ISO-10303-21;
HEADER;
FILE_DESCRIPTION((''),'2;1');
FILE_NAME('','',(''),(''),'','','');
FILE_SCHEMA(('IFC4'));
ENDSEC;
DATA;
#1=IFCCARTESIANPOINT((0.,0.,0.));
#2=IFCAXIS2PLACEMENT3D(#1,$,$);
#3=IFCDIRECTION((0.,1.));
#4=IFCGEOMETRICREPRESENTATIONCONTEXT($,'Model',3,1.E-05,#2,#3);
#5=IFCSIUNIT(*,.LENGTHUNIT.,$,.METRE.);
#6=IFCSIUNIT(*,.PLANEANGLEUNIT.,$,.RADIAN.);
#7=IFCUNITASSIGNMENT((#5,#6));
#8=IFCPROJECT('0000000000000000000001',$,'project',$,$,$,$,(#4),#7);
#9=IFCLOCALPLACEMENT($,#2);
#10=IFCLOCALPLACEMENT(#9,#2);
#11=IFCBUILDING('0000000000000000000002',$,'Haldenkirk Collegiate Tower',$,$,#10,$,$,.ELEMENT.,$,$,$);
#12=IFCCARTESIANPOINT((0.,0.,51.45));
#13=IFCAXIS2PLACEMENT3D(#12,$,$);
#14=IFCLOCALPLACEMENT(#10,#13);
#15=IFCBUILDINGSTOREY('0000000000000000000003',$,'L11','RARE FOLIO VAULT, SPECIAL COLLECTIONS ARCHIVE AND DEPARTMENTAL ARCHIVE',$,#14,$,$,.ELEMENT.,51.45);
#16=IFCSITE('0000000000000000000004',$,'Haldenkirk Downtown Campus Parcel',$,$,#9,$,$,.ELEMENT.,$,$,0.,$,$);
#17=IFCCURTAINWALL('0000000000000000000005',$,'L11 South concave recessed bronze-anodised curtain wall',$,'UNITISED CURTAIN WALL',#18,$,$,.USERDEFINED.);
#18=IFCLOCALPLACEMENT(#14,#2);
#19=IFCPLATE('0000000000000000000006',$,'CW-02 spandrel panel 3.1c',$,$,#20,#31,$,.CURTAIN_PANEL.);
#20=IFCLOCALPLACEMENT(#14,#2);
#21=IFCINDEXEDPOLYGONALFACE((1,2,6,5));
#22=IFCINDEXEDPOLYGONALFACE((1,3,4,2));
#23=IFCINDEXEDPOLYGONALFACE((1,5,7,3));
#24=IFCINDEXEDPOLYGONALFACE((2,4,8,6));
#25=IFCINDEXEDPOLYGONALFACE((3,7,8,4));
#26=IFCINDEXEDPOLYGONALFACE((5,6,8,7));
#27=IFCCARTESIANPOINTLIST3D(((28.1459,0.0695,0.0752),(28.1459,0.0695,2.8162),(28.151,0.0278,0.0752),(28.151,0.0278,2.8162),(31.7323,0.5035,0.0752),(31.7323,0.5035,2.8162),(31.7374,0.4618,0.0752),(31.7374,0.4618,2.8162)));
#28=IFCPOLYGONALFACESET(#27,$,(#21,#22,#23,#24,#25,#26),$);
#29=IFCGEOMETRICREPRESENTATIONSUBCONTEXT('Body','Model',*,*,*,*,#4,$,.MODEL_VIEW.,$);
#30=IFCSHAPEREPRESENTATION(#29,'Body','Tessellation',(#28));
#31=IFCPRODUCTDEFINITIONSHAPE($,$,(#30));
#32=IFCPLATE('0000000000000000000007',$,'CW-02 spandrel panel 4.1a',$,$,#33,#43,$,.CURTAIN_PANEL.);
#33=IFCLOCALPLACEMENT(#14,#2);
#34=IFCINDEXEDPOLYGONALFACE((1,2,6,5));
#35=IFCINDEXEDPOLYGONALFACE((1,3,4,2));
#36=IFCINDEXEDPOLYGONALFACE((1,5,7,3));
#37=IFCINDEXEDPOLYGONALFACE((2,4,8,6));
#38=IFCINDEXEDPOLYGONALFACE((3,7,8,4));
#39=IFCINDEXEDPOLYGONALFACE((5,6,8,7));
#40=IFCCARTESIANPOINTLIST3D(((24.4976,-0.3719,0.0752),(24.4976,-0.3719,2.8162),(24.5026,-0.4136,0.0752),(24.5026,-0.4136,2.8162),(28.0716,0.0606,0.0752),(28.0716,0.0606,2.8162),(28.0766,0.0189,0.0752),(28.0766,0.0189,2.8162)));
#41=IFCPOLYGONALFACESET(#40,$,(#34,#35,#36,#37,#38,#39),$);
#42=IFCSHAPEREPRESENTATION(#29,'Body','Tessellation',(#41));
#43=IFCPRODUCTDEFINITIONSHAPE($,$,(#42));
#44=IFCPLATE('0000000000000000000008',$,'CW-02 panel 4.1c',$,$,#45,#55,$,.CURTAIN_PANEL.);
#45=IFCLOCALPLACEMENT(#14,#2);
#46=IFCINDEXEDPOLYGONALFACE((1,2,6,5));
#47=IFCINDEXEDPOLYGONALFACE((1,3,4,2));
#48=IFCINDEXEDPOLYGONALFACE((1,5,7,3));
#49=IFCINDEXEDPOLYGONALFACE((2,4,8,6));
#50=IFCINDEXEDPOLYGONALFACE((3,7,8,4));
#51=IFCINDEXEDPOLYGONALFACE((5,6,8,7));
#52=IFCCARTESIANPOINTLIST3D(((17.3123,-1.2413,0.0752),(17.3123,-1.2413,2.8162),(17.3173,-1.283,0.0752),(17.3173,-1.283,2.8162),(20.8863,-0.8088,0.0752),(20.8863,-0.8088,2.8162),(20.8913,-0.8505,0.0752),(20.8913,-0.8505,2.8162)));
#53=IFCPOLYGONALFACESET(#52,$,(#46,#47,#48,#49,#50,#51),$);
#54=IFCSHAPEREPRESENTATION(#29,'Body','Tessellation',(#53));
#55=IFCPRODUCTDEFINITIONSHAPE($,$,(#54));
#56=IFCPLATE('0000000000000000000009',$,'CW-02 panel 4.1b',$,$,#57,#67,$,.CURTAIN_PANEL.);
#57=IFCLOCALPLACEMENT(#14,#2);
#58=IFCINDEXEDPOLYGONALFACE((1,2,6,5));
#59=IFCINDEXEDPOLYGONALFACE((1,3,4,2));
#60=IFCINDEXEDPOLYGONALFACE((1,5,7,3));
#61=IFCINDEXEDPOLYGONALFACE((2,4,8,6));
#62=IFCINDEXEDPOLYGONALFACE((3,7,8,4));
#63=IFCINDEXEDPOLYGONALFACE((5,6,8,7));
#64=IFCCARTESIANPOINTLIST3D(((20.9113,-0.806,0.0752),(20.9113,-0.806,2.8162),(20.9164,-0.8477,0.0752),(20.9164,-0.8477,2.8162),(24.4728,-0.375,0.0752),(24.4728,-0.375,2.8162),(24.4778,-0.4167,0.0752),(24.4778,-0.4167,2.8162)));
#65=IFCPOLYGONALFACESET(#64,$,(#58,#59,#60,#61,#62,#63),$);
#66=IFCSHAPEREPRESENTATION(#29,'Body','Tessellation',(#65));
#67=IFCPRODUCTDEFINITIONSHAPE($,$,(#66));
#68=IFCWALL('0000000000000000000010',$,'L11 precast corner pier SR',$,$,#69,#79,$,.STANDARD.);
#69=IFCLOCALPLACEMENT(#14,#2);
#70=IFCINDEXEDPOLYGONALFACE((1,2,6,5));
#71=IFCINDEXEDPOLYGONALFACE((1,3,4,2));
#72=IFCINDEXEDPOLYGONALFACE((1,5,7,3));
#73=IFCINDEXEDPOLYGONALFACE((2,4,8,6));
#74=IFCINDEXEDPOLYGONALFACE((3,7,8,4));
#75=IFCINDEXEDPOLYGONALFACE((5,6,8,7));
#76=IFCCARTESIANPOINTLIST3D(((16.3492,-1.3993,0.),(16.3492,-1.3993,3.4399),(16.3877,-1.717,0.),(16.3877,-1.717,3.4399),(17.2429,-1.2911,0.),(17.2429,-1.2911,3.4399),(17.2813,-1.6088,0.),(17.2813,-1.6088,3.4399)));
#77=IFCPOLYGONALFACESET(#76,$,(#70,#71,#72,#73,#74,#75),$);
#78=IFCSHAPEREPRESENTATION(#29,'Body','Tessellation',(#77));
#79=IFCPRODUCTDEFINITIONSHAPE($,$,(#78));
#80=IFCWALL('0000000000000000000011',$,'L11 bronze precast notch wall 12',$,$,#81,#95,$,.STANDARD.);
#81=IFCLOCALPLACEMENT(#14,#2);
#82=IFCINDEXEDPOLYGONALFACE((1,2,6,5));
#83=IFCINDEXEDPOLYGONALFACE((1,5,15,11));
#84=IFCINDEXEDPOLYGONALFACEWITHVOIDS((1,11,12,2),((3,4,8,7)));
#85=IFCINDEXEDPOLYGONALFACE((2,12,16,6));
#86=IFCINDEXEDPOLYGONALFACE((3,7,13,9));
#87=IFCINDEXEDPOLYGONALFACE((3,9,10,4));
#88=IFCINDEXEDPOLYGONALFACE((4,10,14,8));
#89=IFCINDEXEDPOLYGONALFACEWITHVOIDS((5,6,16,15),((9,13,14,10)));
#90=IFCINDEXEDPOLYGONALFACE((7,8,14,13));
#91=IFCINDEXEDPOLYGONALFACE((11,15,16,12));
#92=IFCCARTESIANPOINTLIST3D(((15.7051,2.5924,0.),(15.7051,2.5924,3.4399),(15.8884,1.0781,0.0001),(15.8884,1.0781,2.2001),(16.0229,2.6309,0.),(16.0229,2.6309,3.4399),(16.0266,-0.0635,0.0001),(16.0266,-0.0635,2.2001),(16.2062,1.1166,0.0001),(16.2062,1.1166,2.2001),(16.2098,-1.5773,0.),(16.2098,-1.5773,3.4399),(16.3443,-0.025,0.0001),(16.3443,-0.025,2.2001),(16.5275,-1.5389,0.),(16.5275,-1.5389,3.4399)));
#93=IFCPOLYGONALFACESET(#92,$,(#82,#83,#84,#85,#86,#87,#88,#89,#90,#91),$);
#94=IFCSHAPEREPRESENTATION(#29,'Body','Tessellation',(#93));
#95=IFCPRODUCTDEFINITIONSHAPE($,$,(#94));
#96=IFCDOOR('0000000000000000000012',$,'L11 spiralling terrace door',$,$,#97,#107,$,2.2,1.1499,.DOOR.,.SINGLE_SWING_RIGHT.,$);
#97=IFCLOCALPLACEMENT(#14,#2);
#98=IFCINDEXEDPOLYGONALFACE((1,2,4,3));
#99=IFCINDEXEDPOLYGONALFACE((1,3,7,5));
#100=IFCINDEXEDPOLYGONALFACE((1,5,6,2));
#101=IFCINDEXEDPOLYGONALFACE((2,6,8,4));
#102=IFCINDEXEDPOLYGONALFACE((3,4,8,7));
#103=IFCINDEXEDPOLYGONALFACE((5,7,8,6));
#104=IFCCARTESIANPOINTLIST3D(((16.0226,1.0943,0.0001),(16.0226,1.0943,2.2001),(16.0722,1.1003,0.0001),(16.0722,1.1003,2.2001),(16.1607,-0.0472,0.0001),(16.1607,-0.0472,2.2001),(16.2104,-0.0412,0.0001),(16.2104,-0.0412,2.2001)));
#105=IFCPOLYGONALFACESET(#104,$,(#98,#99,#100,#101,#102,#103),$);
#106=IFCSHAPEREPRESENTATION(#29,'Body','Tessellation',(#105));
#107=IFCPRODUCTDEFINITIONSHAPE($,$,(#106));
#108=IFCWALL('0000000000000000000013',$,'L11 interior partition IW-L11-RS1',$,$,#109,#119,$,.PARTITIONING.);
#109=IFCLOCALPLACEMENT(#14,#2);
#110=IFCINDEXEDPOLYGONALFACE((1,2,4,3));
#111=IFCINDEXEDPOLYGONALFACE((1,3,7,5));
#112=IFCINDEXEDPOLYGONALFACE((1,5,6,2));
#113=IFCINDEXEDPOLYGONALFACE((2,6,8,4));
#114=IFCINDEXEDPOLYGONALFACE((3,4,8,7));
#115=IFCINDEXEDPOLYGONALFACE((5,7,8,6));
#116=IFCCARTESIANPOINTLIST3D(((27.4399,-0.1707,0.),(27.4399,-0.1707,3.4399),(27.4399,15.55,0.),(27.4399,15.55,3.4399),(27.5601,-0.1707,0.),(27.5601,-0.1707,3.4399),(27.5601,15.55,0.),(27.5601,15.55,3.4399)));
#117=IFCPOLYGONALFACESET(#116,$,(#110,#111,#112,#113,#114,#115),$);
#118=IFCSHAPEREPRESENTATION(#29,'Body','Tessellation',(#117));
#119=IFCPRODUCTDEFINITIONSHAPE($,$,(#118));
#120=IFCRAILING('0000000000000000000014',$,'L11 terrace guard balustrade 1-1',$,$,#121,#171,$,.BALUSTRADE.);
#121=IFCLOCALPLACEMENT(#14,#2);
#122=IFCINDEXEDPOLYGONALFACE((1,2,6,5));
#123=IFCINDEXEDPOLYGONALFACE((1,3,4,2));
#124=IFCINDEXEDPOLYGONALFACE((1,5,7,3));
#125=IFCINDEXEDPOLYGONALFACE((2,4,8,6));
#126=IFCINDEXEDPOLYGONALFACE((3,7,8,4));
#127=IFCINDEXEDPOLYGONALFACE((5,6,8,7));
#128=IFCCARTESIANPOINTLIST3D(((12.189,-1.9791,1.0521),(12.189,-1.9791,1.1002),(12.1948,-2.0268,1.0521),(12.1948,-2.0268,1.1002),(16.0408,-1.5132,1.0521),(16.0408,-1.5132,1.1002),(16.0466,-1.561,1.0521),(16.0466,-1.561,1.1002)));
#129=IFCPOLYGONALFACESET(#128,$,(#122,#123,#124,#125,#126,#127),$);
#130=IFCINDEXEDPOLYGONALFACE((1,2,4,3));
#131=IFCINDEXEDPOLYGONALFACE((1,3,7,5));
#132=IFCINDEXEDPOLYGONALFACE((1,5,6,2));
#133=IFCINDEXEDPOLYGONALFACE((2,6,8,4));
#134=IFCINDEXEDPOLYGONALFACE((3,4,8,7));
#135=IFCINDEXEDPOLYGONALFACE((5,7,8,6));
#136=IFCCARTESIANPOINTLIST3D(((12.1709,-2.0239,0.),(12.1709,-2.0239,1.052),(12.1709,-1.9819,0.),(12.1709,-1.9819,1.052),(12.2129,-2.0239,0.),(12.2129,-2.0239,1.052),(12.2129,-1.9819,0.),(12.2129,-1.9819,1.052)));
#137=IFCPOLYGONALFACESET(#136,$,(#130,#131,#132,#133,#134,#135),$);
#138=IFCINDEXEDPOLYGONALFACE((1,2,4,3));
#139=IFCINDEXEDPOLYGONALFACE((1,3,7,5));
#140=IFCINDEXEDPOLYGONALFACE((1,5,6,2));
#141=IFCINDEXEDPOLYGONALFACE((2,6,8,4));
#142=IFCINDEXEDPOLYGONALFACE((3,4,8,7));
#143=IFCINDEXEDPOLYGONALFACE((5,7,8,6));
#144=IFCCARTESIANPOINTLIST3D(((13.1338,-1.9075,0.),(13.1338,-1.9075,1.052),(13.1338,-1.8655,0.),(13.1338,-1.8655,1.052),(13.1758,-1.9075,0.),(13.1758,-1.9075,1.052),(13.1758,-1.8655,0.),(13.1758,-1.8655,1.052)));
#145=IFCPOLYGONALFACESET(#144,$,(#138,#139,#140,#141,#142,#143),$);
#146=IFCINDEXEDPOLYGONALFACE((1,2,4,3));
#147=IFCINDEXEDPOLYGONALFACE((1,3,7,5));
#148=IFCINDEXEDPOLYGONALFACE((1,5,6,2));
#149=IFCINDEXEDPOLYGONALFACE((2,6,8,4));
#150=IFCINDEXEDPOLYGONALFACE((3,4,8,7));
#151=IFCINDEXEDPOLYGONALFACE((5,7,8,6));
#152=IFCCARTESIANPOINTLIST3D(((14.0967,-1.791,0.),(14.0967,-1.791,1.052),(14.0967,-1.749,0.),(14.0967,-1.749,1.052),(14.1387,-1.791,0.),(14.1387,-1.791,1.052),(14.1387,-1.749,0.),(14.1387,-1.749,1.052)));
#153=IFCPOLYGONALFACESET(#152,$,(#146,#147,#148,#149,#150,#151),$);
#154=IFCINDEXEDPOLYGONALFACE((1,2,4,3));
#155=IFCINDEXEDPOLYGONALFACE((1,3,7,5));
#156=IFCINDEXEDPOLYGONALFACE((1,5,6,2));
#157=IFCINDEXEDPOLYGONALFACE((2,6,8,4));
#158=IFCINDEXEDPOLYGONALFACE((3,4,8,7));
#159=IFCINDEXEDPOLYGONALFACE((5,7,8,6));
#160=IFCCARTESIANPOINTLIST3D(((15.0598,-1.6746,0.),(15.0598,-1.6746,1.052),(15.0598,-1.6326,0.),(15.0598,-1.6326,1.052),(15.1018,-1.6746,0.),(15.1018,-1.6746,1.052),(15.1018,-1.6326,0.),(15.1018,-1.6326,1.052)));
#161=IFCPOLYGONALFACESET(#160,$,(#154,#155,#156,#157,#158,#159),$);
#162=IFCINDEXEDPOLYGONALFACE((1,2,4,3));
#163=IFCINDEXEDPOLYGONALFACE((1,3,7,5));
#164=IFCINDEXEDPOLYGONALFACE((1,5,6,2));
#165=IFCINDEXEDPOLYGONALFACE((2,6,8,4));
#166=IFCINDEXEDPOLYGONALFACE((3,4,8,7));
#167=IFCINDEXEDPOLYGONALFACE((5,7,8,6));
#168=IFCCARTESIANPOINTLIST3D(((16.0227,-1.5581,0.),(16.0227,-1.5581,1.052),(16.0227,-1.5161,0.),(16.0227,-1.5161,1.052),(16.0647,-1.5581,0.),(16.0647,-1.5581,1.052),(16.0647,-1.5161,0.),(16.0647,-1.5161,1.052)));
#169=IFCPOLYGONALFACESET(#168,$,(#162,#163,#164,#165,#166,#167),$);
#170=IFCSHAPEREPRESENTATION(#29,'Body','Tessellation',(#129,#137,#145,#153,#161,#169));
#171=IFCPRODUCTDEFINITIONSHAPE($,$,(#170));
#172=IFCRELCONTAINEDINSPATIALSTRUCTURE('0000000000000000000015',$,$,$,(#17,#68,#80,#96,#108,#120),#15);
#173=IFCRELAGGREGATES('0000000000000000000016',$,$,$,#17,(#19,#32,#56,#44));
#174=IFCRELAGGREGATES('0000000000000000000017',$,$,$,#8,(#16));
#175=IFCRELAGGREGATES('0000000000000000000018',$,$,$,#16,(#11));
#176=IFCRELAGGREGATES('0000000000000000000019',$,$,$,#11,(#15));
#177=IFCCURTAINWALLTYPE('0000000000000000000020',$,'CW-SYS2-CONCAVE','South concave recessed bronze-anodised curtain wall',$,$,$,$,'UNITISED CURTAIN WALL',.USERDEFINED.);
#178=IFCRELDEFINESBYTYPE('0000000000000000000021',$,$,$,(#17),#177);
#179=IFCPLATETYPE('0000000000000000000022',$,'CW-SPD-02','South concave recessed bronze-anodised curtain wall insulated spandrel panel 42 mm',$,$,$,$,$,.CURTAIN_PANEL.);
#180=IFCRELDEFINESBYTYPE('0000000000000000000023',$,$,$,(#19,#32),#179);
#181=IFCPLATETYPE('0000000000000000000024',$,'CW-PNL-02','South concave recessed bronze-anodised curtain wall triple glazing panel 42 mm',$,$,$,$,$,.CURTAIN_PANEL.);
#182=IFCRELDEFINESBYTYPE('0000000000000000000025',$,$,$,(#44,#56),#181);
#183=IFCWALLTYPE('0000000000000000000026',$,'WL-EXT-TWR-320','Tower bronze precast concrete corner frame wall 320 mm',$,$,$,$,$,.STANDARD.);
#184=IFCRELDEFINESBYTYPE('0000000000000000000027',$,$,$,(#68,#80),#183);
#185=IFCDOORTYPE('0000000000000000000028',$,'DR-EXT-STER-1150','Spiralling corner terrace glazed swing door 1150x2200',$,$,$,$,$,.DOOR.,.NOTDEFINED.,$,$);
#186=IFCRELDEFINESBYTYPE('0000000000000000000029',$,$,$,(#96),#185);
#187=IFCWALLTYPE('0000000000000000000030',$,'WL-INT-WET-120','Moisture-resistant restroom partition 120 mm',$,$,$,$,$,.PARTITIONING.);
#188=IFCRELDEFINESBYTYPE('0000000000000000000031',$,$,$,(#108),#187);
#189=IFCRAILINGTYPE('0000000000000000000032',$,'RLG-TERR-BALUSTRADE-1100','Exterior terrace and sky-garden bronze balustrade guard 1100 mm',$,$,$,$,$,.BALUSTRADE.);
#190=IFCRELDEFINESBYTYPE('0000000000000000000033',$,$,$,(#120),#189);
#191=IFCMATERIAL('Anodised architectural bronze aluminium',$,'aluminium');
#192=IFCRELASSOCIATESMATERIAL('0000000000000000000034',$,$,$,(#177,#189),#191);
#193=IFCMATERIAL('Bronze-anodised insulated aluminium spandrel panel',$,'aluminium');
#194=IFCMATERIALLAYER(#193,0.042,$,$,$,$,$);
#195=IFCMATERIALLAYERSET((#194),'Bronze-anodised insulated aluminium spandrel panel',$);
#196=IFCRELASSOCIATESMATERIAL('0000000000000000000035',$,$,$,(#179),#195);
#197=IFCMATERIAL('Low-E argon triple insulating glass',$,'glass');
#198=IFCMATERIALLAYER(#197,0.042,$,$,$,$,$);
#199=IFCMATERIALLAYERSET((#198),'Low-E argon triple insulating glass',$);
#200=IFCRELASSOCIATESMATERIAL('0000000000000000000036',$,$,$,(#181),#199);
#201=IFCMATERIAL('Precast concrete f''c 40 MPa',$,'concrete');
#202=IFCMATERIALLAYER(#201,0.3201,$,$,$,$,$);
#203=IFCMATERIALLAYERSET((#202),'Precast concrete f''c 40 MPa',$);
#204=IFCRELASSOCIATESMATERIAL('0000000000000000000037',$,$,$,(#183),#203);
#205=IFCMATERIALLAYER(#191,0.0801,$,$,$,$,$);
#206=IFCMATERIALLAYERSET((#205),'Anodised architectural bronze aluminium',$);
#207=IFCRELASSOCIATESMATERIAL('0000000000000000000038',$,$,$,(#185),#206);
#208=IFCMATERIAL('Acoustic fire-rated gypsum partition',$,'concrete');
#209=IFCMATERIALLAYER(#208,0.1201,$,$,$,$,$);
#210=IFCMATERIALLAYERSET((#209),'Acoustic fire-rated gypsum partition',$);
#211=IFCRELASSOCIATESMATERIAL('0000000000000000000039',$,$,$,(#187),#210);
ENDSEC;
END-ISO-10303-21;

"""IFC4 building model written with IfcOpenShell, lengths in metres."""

from ifc_helpers import new_model, si_unit, direction, frame, frame_2d, origin, origin_2d, place, context, subcontext, project, spatial, rectangle, extrude, source, transform, mapped, material, layer, layer_set, type_object, element, fill, aggregate, save


model = new_model("IFC4")

# Units and contexts
model_context = context("Model", 3, precision=1e-05, world=origin(), true_north=direction((0.0, 1.0)))
body_context = subcontext(model_context, "Body", "Model", "MODEL_VIEW")
ifc_project = project(units=[si_unit("LENGTHUNIT", "METRE"), si_unit("PLANEANGLEUNIT", "RADIAN")], contexts=[model_context])

# Site, building, storey
site_placement = place(None, origin())
site = spatial("IfcSite", under=ifc_project, at=site_placement, Name="Haldenkirk Downtown Campus Parcel", CompositionType="ELEMENT", RefElevation=0.0)
building_placement = place(site_placement, origin())
building = spatial("IfcBuilding", under=site, at=building_placement, Name="Haldenkirk Collegiate Tower", CompositionType="ELEMENT")
storey_placement = place(building_placement, frame((0.0, 0.0, 51.45)))
storey = spatial("IfcBuildingStorey", under=building, at=storey_placement, Name="L11", Description="RARE FOLIO VAULT, SPECIAL COLLECTIONS ARCHIVE AND DEPARTMENTAL ARCHIVE", CompositionType="ELEMENT", Elevation=51.45)

# Curtain wall
ifc_material_1 = material(Name="Anodised architectural bronze aluminium", Category="aluminium")
curtain_wall_type = type_object("IfcCurtainWallType", Name="CW-SYS2-CONCAVE", Description="South concave recessed bronze-anodised curtain wall", ElementType="UNITISED CURTAIN WALL", PredefinedType="USERDEFINED", material=ifc_material_1)
curtain_wall_placement = place(storey_placement, origin())
curtain_wall = element("IfcCurtainWall", 1, at=curtain_wall_placement, inside=storey, type_object=curtain_wall_type, Name="L11 South concave recessed bronze-anodised curtain wall", ObjectType="UNITISED CURTAIN WALL", PredefinedType="USERDEFINED")

# Plates
ifc_material_2 = material(Name="Bronze-anodised insulated aluminium spandrel panel", Category="aluminium")
ifc_layer_1 = layer(ifc_material_2, 0.042)
ifc_layer_set_1 = layer_set([ifc_layer_1], Name="Bronze-anodised insulated aluminium spandrel panel")
plate_type_1 = type_object("IfcPlateType", Name="CW-SPD-02", Description="South concave recessed bronze-anodised curtain wall insulated spandrel panel 42 mm", PredefinedType="CURTAIN_PANEL", material=ifc_layer_set_1)
shared_shape_1 = source(origin(), body_context, "Body", "SweptSolid", [
    extrude(rectangle(XDim=3.6125, YDim=0.042, at=origin_2d()), origin(), (0.0, 0.0, 1.0), 2.741),
])
plate_1_placement = place(storey_placement, frame((29.9417, 0.2656, 0.0752), z_axis=(0.0, 0.0, 1.0), x_axis=(-0.992757, -0.120139, 0.0)))
plate_1 = element("IfcPlate", 2, at=plate_1_placement, type_object=plate_type_1, Name="CW-02 spandrel panel 3.1c", PredefinedType="CURTAIN_PANEL", context=body_context, shape_type="MappedRepresentation", body=[
    mapped(shared_shape_1, transform((0.0, 0.0, 0.0), x_axis=(1.0, 0.0, 0.0), y_axis=(0.0, 1.0, 0.0), z_axis=(0.0, 0.0, 1.0), scale=1.0)),
])
shared_shape_2 = source(origin(), body_context, "Body", "SweptSolid", [
    extrude(rectangle(XDim=3.6001, YDim=0.042, at=origin_2d()), origin(), (0.0, 0.0, 1.0), 2.741),
])
plate_2_placement = place(storey_placement, frame((26.2871, -0.1765, 0.0752), z_axis=(0.0, 0.0, 1.0), x_axis=(-0.992757, -0.120139, 0.0)))
plate_2 = element("IfcPlate", 3, at=plate_2_placement, type_object=plate_type_1, Name="CW-02 spandrel panel 4.1a", PredefinedType="CURTAIN_PANEL", context=body_context, shape_type="MappedRepresentation", body=[
    mapped(shared_shape_2, transform((0.0, 0.0, 0.0), x_axis=(1.0, 0.0, 0.0), y_axis=(0.0, 1.0, 0.0), z_axis=(0.0, 0.0, 1.0), scale=1.0)),
])
ifc_material_3 = material(Name="Low-E argon triple insulating glass", Category="glass")
ifc_layer_2 = layer(ifc_material_3, 0.042)
ifc_layer_set_2 = layer_set([ifc_layer_2], Name="Low-E argon triple insulating glass")
plate_type_2 = type_object("IfcPlateType", Name="CW-PNL-02", Description="South concave recessed bronze-anodised curtain wall triple glazing panel 42 mm", PredefinedType="CURTAIN_PANEL", material=ifc_layer_set_2)
plate_3_placement = place(storey_placement, frame((19.1018, -1.0459, 0.0752), z_axis=(0.0, 0.0, 1.0), x_axis=(-0.992757, -0.120139, 0.0)))
plate_3 = element("IfcPlate", 4, at=plate_3_placement, type_object=plate_type_2, Name="CW-02 panel 4.1c", PredefinedType="CURTAIN_PANEL", context=body_context, shape_type="MappedRepresentation", body=[
    mapped(shared_shape_2, transform((0.0, 0.0, 0.0), x_axis=(1.0, 0.0, 0.0), y_axis=(0.0, 1.0, 0.0), z_axis=(0.0, 0.0, 1.0), scale=1.0)),
])
shared_shape_3 = source(origin(), body_context, "Body", "SweptSolid", [
    extrude(rectangle(XDim=3.5874, YDim=0.042, at=origin_2d()), origin(), (0.0, 0.0, 1.0), 2.741),
])
plate_4_placement = place(storey_placement, frame((22.6946, -0.6113, 0.0752), z_axis=(0.0, 0.0, 1.0), x_axis=(-0.992757, -0.120139, 0.0)))
plate_4 = element("IfcPlate", 5, at=plate_4_placement, type_object=plate_type_2, Name="CW-02 panel 4.1b", PredefinedType="CURTAIN_PANEL", context=body_context, shape_type="MappedRepresentation", body=[
    mapped(shared_shape_3, transform((0.0, 0.0, 0.0), x_axis=(1.0, 0.0, 0.0), y_axis=(0.0, 1.0, 0.0), z_axis=(0.0, 0.0, 1.0), scale=1.0)),
])
aggregate(curtain_wall, [plate_1, plate_2, plate_4, plate_3])

# Wall
ifc_material_4 = material(Name="Precast concrete f'c 40 MPa", Category="concrete")
ifc_layer_3 = layer(ifc_material_4, 0.3201)
ifc_layer_set_3 = layer_set([ifc_layer_3], Name="Precast concrete f'c 40 MPa")
wall_type_1 = type_object("IfcWallType", Name="WL-EXT-TWR-320", Description="Tower bronze precast concrete corner frame wall 320 mm", PredefinedType="STANDARD", material=ifc_layer_set_3)
wall_1_placement = place(storey_placement, frame((17.2622, -1.45, 0.0), z_axis=(0.0, 0.0, 1.0), x_axis=(-0.992754, -0.120161, 0.0)))
element("IfcWall", 6, at=wall_1_placement, inside=storey, type_object=wall_type_1, Name="L11 precast corner pier SR", PredefinedType="STANDARD", context=body_context, shape_type="SweptSolid", body=[
    extrude(rectangle(XDim=0.9001, YDim=0.3201, at=frame_2d((0.4502, 0.0))), origin(), (0.0, 0.0, 1.0), 3.4399),
])

# Wall, opening, door
wall_2_placement = place(storey_placement, frame((16.3687, -1.5581, 0.0), z_axis=(0.0, 0.0, 1.0), x_axis=(-0.120149, 0.992756, 0.0)))
wall_2 = element("IfcWall", 7, at=wall_2_placement, inside=storey, type_object=wall_type_1, Name="L11 bronze precast notch wall 12", PredefinedType="STANDARD", context=body_context, shape_type="SweptSolid", body=[
    extrude(rectangle(XDim=4.2002, YDim=0.3201, at=frame_2d((2.1001, 0.0))), origin(), (0.0, 0.0, 1.0), 3.4399),
])
opening_placement = place(wall_2_placement, frame((1.5249, 0.0, 0.0)))
opening = element("IfcOpeningElement", 8, at=opening_placement, cuts=wall_2, PredefinedType="OPENING", context=body_context, shape_type="SweptSolid", body=[
    extrude(rectangle(XDim=1.1499, YDim=2.2, at=frame_2d((0.575, 1.1001))), frame((0.0, 0.1699, 0.0), z_axis=(0.0, -1.0, 0.0), x_axis=(1.0, 0.0, 0.0)), (0.0, 0.0, 1.0), 0.3401),
])
ifc_layer_4 = layer(ifc_material_1, 0.0801)
ifc_layer_set_4 = layer_set([ifc_layer_4], Name="Anodised architectural bronze aluminium")
door_type = type_object("IfcDoorType", Name="DR-EXT-STER-1150", Description="Spiralling corner terrace glazed swing door 1150x2200", OperationType="NOTDEFINED", PredefinedType="DOOR", material=ifc_layer_set_4)
door_placement = place(opening_placement, origin())
door = element("IfcDoor", 9, at=door_placement, inside=storey, type_object=door_type, Name="L11 spiralling terrace door", OperationType="SINGLE_SWING_RIGHT", OverallHeight=2.2, OverallWidth=1.1499, PredefinedType="DOOR", context=body_context, shape_type="SweptSolid", body=[
    extrude(rectangle(XDim=1.1499, YDim=2.2, at=frame_2d((0.575, 1.1001))), frame((0.0, 0.0249, 0.0), z_axis=(0.0, -1.0, 0.0), x_axis=(1.0, 0.0, 0.0)), (0.0, 0.0, 1.0), 0.05),
])
fill(opening, door)

# Wall
ifc_material_5 = material(Name="Acoustic fire-rated gypsum partition", Category="concrete")
ifc_layer_5 = layer(ifc_material_5, 0.1201)
ifc_layer_set_5 = layer_set([ifc_layer_5], Name="Acoustic fire-rated gypsum partition")
wall_type_2 = type_object("IfcWallType", Name="WL-INT-WET-120", Description="Moisture-resistant restroom partition 120 mm", PredefinedType="PARTITIONING", material=ifc_layer_set_5)
wall_3_placement = place(storey_placement, frame((27.5, -0.1707, 0.0), z_axis=(0.0, 0.0, 1.0), x_axis=(0.0, 1.0, 0.0)))
element("IfcWall", 10, at=wall_3_placement, inside=storey, type_object=wall_type_2, Name="L11 interior partition IW-L11-RS1", PredefinedType="PARTITIONING", context=body_context, shape_type="SweptSolid", body=[
    extrude(rectangle(XDim=15.7207, YDim=0.1201, at=frame_2d((7.8604, 0.0))), origin(), (0.0, 0.0, 1.0), 3.4399),
])

# Railing
railing_type = type_object("IfcRailingType", Name="RLG-TERR-BALUSTRADE-1100", Description="Exterior terrace and sky-garden bronze balustrade guard 1100 mm", PredefinedType="BALUSTRADE", material=ifc_material_1)
railing_1_placement = place(storey_placement, frame((12.1919, -2.0029, 0.0)))
element("IfcRailing", 11, at=railing_1_placement, inside=storey, type_object=railing_type, Name="L11 terrace guard balustrade 1-1", PredefinedType="BALUSTRADE", context=body_context, shape_type="SweptSolid", body=[
    extrude(rectangle(XDim=0.0481, YDim=0.0481, at=origin_2d()), frame((0.0, 0.0, 1.0762), z_axis=(0.992767, 0.120061, 0.0), x_axis=(-0.120061, 0.992767, 0.0)), (0.0, 0.0, 1.0), 3.8799),
    extrude(rectangle(XDim=0.042, YDim=0.042, at=origin_2d()), origin(), (0.0, 0.0, 1.0), 1.052),
    extrude(rectangle(XDim=0.042, YDim=0.042, at=origin_2d()), frame((0.9629, 0.1165, 0.0)), (0.0, 0.0, 1.0), 1.052),
    extrude(rectangle(XDim=0.042, YDim=0.042, at=origin_2d()), frame((1.9258, 0.2329, 0.0)), (0.0, 0.0, 1.0), 1.052),
    extrude(rectangle(XDim=0.042, YDim=0.042, at=origin_2d()), frame((2.8889, 0.3494, 0.0)), (0.0, 0.0, 1.0), 1.052),
    extrude(rectangle(XDim=0.042, YDim=0.042, at=origin_2d()), frame((3.8518, 0.4658, 0.0)), (0.0, 0.0, 1.0), 1.052),
])

save(model, "model.ifc")
